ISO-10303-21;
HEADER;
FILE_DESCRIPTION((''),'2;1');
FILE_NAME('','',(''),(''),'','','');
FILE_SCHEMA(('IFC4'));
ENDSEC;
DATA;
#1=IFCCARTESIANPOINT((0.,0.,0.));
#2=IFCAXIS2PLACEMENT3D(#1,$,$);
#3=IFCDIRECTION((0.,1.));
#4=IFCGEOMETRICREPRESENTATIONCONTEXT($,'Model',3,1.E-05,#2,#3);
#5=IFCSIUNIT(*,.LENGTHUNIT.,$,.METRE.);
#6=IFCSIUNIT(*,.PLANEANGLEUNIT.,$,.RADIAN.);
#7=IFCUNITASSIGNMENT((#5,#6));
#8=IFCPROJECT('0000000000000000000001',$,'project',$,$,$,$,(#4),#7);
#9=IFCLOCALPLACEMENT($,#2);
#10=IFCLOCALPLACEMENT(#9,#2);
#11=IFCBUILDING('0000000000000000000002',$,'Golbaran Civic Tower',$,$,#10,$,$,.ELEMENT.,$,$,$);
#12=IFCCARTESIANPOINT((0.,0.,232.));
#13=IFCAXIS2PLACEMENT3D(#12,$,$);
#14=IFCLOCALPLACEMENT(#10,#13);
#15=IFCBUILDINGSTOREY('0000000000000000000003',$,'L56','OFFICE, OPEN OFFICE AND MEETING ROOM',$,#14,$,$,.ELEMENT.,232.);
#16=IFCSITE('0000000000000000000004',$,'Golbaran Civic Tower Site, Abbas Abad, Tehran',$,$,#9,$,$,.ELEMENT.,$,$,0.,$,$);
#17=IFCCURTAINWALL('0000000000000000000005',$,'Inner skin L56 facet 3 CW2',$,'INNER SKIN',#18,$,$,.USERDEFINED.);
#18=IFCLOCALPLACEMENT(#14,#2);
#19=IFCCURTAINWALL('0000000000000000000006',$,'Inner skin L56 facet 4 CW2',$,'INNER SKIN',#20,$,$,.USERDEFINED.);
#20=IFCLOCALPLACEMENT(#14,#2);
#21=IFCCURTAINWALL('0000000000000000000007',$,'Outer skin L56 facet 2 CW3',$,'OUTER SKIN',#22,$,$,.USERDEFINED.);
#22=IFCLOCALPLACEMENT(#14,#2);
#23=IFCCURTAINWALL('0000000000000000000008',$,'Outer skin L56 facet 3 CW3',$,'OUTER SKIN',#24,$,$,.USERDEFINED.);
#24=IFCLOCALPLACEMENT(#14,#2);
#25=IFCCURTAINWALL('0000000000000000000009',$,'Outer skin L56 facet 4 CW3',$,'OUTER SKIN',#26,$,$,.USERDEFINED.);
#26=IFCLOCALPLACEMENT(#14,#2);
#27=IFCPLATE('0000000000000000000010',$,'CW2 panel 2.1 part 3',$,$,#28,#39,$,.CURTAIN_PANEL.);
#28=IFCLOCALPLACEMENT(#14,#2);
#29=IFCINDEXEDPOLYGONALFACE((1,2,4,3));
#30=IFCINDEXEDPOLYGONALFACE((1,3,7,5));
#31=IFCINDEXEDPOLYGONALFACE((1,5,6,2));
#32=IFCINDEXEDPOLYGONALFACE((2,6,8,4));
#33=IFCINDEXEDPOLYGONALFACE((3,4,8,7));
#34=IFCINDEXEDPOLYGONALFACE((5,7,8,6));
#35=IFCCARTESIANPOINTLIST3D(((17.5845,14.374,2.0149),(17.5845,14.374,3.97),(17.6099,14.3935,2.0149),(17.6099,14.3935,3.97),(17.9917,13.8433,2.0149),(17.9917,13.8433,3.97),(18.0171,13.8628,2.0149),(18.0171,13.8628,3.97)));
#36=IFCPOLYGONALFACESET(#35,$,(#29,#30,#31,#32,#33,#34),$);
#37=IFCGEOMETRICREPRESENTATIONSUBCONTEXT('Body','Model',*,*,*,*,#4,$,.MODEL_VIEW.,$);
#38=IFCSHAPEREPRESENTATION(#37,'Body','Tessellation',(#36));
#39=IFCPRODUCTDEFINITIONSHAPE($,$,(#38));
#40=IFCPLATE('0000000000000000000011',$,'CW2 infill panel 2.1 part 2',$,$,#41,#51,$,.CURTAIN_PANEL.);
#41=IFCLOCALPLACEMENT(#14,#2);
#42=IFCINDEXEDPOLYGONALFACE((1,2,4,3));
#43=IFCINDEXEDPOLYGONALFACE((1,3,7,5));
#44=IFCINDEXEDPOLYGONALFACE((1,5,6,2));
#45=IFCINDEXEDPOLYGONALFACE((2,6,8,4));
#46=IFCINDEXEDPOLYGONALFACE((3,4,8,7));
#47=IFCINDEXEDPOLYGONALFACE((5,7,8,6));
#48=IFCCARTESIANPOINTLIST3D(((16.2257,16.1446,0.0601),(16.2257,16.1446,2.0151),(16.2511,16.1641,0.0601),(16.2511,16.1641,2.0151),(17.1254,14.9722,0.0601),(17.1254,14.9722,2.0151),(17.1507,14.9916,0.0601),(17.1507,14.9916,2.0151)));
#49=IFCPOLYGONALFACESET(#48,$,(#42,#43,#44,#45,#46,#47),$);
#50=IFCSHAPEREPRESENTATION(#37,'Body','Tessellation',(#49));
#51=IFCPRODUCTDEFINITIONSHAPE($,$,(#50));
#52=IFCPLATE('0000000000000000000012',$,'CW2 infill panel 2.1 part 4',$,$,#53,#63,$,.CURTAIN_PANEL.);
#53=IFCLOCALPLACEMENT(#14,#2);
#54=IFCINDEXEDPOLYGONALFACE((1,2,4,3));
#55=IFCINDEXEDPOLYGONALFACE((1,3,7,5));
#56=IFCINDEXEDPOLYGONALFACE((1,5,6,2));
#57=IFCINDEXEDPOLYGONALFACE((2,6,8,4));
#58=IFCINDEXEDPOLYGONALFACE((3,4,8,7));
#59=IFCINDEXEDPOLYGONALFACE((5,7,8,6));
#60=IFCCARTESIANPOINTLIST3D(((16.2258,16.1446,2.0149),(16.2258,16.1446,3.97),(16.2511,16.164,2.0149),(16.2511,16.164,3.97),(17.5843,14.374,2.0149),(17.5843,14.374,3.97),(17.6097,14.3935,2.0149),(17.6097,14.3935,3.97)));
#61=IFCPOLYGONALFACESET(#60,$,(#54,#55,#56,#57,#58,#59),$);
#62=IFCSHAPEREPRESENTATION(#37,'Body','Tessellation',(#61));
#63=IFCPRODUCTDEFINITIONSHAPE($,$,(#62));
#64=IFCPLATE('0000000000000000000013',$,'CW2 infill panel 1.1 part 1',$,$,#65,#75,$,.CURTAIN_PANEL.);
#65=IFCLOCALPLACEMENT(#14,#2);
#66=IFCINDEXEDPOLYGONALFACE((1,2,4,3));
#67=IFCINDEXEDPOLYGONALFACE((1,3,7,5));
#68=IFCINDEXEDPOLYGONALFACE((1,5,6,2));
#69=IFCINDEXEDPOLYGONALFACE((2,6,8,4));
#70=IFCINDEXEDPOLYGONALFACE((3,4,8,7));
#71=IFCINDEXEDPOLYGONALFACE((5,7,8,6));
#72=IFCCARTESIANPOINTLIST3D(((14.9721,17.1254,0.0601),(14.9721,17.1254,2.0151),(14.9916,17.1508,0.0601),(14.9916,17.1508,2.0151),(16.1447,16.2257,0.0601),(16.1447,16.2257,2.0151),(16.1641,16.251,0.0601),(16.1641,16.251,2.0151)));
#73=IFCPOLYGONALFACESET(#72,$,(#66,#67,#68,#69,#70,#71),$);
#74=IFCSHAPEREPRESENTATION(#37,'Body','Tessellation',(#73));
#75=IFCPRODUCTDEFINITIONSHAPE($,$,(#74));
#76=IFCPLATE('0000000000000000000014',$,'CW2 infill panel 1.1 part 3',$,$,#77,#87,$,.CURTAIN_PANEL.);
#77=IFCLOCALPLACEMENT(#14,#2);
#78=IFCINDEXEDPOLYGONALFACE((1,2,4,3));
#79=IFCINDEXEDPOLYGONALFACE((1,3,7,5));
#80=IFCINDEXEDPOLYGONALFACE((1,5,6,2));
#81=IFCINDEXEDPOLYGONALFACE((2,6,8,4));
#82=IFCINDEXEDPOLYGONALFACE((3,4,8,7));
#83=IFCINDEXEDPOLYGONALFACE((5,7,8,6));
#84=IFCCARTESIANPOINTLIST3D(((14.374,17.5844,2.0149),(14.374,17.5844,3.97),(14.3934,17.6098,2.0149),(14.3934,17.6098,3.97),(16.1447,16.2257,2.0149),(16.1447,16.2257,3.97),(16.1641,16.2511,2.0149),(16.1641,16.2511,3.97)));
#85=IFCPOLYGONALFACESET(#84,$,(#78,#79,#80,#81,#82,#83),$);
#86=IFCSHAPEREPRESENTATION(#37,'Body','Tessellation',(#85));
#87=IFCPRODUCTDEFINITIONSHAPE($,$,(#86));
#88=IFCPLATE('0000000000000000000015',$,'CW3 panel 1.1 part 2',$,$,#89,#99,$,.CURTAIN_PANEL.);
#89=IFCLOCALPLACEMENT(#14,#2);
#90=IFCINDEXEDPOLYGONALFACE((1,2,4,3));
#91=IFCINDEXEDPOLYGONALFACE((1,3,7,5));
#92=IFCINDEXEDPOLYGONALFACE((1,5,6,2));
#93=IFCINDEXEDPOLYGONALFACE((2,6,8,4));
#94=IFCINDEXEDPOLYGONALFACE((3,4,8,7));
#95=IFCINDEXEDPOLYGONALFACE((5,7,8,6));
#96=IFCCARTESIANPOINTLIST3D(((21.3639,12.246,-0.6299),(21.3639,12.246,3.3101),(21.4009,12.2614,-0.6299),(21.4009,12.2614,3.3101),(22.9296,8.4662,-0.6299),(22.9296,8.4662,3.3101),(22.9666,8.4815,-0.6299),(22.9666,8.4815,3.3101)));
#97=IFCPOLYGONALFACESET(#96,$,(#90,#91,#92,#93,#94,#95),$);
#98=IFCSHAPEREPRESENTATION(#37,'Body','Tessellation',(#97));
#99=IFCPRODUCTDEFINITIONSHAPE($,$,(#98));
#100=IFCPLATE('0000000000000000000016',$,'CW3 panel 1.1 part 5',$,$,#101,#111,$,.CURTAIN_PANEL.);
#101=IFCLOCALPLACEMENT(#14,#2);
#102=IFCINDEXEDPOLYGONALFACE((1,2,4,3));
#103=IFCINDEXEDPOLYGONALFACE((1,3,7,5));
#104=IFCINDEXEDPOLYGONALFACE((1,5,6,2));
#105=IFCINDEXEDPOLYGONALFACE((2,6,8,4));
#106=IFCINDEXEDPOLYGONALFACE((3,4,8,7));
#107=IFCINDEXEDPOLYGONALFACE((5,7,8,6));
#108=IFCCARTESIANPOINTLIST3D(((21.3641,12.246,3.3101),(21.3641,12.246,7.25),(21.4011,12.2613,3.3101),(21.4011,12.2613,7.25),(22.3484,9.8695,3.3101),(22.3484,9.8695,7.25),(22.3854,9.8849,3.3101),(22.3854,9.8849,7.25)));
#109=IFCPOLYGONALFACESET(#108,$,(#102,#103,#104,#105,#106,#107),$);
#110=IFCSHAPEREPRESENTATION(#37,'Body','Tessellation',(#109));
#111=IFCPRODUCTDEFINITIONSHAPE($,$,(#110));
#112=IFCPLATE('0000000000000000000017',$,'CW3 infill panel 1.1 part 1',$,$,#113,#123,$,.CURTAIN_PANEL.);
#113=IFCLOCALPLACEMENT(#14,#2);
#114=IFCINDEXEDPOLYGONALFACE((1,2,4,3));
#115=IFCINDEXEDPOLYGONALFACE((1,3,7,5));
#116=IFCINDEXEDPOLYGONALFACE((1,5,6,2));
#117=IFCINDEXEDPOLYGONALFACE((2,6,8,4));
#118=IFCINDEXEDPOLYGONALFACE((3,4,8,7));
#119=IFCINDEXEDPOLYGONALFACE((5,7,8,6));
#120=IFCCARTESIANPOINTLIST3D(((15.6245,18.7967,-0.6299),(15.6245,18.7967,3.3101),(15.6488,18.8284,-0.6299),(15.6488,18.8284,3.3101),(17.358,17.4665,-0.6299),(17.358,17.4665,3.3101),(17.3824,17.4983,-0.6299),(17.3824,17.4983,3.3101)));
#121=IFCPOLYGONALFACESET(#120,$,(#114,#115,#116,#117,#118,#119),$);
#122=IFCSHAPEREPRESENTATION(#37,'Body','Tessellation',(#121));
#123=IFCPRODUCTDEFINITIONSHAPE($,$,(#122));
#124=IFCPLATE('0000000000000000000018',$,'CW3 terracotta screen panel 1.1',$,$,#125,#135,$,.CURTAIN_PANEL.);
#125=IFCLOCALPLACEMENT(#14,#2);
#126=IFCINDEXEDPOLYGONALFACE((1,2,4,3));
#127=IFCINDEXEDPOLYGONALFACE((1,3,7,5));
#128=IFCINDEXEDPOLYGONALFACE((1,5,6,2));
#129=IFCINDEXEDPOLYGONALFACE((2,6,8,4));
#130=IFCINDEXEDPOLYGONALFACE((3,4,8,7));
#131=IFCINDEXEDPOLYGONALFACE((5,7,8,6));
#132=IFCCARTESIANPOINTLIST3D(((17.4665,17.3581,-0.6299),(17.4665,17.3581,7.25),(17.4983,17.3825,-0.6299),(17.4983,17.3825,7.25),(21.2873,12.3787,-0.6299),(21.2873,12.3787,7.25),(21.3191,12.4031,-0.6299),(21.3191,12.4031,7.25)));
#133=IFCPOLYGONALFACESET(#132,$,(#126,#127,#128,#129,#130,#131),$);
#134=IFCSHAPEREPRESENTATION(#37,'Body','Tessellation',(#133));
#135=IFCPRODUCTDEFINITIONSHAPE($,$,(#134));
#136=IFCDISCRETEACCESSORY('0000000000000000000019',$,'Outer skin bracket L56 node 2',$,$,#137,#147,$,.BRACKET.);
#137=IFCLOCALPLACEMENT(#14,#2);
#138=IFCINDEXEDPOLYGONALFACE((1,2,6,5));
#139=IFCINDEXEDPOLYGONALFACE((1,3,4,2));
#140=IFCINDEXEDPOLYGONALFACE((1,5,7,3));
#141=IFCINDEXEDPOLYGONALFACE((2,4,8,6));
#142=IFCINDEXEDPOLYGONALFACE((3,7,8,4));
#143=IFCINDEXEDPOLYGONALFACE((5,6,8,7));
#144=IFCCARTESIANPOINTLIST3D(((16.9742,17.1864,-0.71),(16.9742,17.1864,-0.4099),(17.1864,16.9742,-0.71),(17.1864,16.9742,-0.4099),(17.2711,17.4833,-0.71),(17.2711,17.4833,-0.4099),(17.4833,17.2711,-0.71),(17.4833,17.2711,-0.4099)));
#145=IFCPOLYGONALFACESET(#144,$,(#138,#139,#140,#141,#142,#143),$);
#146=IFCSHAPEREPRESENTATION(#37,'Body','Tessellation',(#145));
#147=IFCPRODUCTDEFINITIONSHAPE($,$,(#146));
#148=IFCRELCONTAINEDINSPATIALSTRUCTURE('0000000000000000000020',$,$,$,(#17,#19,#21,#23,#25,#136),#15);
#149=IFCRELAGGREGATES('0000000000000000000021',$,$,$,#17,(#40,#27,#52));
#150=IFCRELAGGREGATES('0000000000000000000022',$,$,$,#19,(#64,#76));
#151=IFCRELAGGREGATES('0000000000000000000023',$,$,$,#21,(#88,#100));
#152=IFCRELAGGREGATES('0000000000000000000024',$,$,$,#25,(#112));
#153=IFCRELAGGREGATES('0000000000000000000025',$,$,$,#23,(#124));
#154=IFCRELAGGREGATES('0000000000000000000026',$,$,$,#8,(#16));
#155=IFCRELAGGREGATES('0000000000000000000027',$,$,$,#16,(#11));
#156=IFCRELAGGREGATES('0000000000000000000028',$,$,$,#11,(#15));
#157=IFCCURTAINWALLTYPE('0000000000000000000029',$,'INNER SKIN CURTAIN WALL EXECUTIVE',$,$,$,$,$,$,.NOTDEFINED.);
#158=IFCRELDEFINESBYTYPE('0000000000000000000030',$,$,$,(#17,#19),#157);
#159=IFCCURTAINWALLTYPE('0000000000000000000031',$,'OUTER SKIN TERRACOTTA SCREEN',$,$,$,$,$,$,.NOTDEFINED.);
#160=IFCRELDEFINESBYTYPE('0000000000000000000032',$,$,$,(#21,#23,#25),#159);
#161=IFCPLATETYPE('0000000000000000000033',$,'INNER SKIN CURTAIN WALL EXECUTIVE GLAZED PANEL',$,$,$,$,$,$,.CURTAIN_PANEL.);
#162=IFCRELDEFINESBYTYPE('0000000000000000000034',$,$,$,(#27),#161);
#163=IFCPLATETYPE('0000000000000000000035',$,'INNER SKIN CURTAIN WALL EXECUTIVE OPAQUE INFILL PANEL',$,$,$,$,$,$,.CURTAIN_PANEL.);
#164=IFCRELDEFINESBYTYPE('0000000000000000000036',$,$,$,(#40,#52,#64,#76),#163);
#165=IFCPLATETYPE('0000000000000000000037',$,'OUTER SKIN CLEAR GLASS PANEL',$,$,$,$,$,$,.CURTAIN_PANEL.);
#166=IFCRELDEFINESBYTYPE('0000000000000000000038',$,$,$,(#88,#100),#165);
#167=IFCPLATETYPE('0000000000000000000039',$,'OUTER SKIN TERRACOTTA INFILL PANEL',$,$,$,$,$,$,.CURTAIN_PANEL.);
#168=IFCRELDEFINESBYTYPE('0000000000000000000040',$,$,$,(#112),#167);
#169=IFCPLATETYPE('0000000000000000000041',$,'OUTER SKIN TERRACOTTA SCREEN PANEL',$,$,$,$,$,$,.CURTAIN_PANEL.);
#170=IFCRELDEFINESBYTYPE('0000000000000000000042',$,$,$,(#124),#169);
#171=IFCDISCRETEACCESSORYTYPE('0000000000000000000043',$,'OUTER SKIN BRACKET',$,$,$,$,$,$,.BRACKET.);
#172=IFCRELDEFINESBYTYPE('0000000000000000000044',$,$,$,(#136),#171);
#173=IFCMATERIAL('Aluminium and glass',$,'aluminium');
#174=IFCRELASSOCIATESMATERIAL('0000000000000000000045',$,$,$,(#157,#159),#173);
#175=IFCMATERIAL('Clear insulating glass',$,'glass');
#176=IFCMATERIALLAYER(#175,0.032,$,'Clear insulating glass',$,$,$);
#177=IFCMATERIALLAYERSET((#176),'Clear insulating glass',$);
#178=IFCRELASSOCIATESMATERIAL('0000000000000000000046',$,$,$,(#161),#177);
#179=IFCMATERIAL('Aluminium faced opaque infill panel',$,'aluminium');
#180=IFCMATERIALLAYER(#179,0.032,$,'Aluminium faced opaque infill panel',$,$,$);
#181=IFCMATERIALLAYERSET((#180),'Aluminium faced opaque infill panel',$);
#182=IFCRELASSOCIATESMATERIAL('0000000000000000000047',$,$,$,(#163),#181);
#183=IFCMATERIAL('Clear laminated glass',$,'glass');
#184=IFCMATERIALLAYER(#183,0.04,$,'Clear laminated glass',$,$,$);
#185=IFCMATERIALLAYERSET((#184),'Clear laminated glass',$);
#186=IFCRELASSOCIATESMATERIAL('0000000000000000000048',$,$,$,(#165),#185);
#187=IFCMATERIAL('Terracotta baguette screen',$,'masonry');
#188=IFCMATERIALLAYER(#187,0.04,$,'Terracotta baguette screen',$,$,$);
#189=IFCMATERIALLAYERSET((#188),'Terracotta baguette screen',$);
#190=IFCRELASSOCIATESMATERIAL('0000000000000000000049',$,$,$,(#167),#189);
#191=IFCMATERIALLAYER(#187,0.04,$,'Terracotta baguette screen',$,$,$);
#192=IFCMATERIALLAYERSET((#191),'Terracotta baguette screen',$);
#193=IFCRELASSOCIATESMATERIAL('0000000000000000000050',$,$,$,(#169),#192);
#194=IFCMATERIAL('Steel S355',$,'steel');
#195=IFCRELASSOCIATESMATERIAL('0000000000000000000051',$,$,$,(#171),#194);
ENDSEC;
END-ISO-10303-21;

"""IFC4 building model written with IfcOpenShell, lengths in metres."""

from ifc_helpers import new_model, si_unit, direction, frame, origin, origin_2d, place, context, subcontext, project, spatial, rectangle, extrude, material, layer, layer_set, type_object, element, aggregate, save


model = new_model("IFC4")

# Units and contexts
model_context = context("Model", 3, precision=1e-05, world=origin(), true_north=direction((0.0, 1.0)))
body_context = subcontext(model_context, "Body", "Model", "MODEL_VIEW")
ifc_project = project(units=[si_unit("LENGTHUNIT", "METRE"), si_unit("PLANEANGLEUNIT", "RADIAN")], contexts=[model_context])

# Site, building, storey
site_placement = place(None, origin())
site = spatial("IfcSite", under=ifc_project, at=site_placement, Name="Golbaran Civic Tower Site, Abbas Abad, Tehran", CompositionType="ELEMENT", RefElevation=0.0)
building_placement = place(site_placement, origin())
building = spatial("IfcBuilding", under=site, at=building_placement, Name="Golbaran Civic Tower", CompositionType="ELEMENT")
storey_placement = place(building_placement, frame((0.0, 0.0, 232.0)))
storey = spatial("IfcBuildingStorey", under=building, at=storey_placement, Name="L56", Description="OFFICE, OPEN OFFICE AND MEETING ROOM", CompositionType="ELEMENT", Elevation=232.0)

# Shared definitions
ifc_material_1 = material(Name="Steel S355", Category="steel")

# Shared definitions
ifc_material_2 = material(Name="Aluminium and glass", Category="aluminium")
curtain_wall_type_1 = type_object("IfcCurtainWallType", Name="INNER SKIN CURTAIN WALL EXECUTIVE", PredefinedType="NOTDEFINED", material=ifc_material_2)

# Curtain wall
curtain_wall_1_placement = place(storey_placement, origin())
curtain_wall_1 = element("IfcCurtainWall", 1, at=curtain_wall_1_placement, inside=storey, type_object=curtain_wall_type_1, Name="Inner skin L56 facet 3 CW2", ObjectType="INNER SKIN", PredefinedType="USERDEFINED")

# Curtain wall
curtain_wall_2_placement = place(storey_placement, origin())
curtain_wall_2 = element("IfcCurtainWall", 2, at=curtain_wall_2_placement, inside=storey, type_object=curtain_wall_type_1, Name="Inner skin L56 facet 4 CW2", ObjectType="INNER SKIN", PredefinedType="USERDEFINED")

# Curtain wall
curtain_wall_type_2 = type_object("IfcCurtainWallType", Name="OUTER SKIN TERRACOTTA SCREEN", PredefinedType="NOTDEFINED", material=ifc_material_2)
curtain_wall_3_placement = place(storey_placement, origin())
curtain_wall_3 = element("IfcCurtainWall", 3, at=curtain_wall_3_placement, inside=storey, type_object=curtain_wall_type_2, Name="Outer skin L56 facet 2 CW3", ObjectType="OUTER SKIN", PredefinedType="USERDEFINED")

# Curtain wall
curtain_wall_4_placement = place(storey_placement, origin())
curtain_wall_4 = element("IfcCurtainWall", 4, at=curtain_wall_4_placement, inside=storey, type_object=curtain_wall_type_2, Name="Outer skin L56 facet 3 CW3", ObjectType="OUTER SKIN", PredefinedType="USERDEFINED")

# Curtain wall
curtain_wall_5_placement = place(storey_placement, origin())
curtain_wall_5 = element("IfcCurtainWall", 5, at=curtain_wall_5_placement, inside=storey, type_object=curtain_wall_type_2, Name="Outer skin L56 facet 4 CW3", ObjectType="OUTER SKIN", PredefinedType="USERDEFINED")

# Plates
ifc_material_3 = material(Name="Clear insulating glass", Category="glass")
ifc_layer_1 = layer(ifc_material_3, 0.032, Name="Clear insulating glass")
ifc_layer_set_1 = layer_set([ifc_layer_1], Name="Clear insulating glass")
plate_type_1 = type_object("IfcPlateType", Name="INNER SKIN CURTAIN WALL EXECUTIVE GLAZED PANEL", PredefinedType="CURTAIN_PANEL", material=ifc_layer_set_1)
plate_1_placement = place(storey_placement, frame((17.8008, 14.1184, 2.0149), z_axis=(0.0, 0.0, 1.0), x_axis=(-0.608761, 0.793353, 0.0)))
plate_1 = element("IfcPlate", 6, at=plate_1_placement, type_object=plate_type_1, Name="CW2 panel 2.1 part 3", PredefinedType="CURTAIN_PANEL", context=body_context, shape_type="SweptSolid", body=[
    extrude(rectangle(XDim=0.6689, YDim=0.032, at=origin_2d()), origin(), (0.0, 0.0, 1.0), 1.9551),
])
ifc_material_4 = material(Name="Aluminium faced opaque infill panel", Category="aluminium")
ifc_layer_2 = layer(ifc_material_4, 0.032, Name="Aluminium faced opaque infill panel")
ifc_layer_set_2 = layer_set([ifc_layer_2], Name="Aluminium faced opaque infill panel")
plate_type_2 = type_object("IfcPlateType", Name="INNER SKIN CURTAIN WALL EXECUTIVE OPAQUE INFILL PANEL", PredefinedType="CURTAIN_PANEL", material=ifc_layer_set_2)
plate_2_placement = place(storey_placement, frame((16.6882, 15.5681, 0.0601), z_axis=(0.0, 0.0, 1.0), x_axis=(-0.608761, 0.793353, 0.0)))
plate_2 = element("IfcPlate", 7, at=plate_2_placement, type_object=plate_type_2, Name="CW2 infill panel 2.1 part 2", PredefinedType="CURTAIN_PANEL", context=body_context, shape_type="SweptSolid", body=[
    extrude(rectangle(XDim=1.4778, YDim=0.032, at=origin_2d()), origin(), (0.0, 0.0, 1.0), 1.9551),
])
plate_3_placement = place(storey_placement, frame((16.9177, 15.269, 2.0149), z_axis=(0.0, 0.0, 1.0), x_axis=(-0.608761, 0.793353, 0.0)))
plate_3 = element("IfcPlate", 8, at=plate_3_placement, type_object=plate_type_2, Name="CW2 infill panel 2.1 part 4", PredefinedType="CURTAIN_PANEL", context=body_context, shape_type="SweptSolid", body=[
    extrude(rectangle(XDim=2.2317, YDim=0.032, at=origin_2d()), origin(), (0.0, 0.0, 1.0), 1.9551),
])
aggregate(curtain_wall_1, [plate_2, plate_1, plate_3])
plate_4_placement = place(storey_placement, frame((15.5681, 16.6882, 0.0601), z_axis=(0.0, 0.0, 1.0), x_axis=(-0.793353, 0.608761, 0.0)))
plate_4 = element("IfcPlate", 9, at=plate_4_placement, type_object=plate_type_2, Name="CW2 infill panel 1.1 part 1", PredefinedType="CURTAIN_PANEL", context=body_context, shape_type="SweptSolid", body=[
    extrude(rectangle(XDim=1.478, YDim=0.032, at=origin_2d()), origin(), (0.0, 0.0, 1.0), 1.9551),
])
plate_5_placement = place(storey_placement, frame((15.269, 16.9177, 2.0149), z_axis=(0.0, 0.0, 1.0), x_axis=(-0.793353, 0.608761, 0.0)))
plate_5 = element("IfcPlate", 10, at=plate_5_placement, type_object=plate_type_2, Name="CW2 infill panel 1.1 part 3", PredefinedType="CURTAIN_PANEL", context=body_context, shape_type="SweptSolid", body=[
    extrude(rectangle(XDim=2.2319, YDim=0.032, at=origin_2d()), origin(), (0.0, 0.0, 1.0), 1.9551),
])
aggregate(curtain_wall_2, [plate_4, plate_5])
ifc_material_5 = material(Name="Clear laminated glass", Category="glass")
ifc_layer_3 = layer(ifc_material_5, 0.04, Name="Clear laminated glass")
ifc_layer_set_3 = layer_set([ifc_layer_3], Name="Clear laminated glass")
plate_type_3 = type_object("IfcPlateType", Name="OUTER SKIN CLEAR GLASS PANEL", PredefinedType="CURTAIN_PANEL", material=ifc_layer_set_3)
plate_6_placement = place(storey_placement, frame((22.1653, 10.3638, -0.6299), z_axis=(0.0, 0.0, 1.0), x_axis=(-0.382683, 0.92388, 0.0)))
plate_6 = element("IfcPlate", 11, at=plate_6_placement, type_object=plate_type_3, Name="CW3 panel 1.1 part 2", PredefinedType="CURTAIN_PANEL", context=body_context, shape_type="SweptSolid", body=[
    extrude(rectangle(XDim=4.0913, YDim=0.04, at=origin_2d()), origin(), (0.0, 0.0, 1.0), 3.9399),
])
plate_7_placement = place(storey_placement, frame((21.8748, 11.0654, 3.3101), z_axis=(0.0, 0.0, 1.0), x_axis=(-0.382683, 0.92388, 0.0)))
plate_7 = element("IfcPlate", 12, at=plate_7_placement, type_object=plate_type_3, Name="CW3 panel 1.1 part 5", PredefinedType="CURTAIN_PANEL", context=body_context, shape_type="SweptSolid", body=[
    extrude(rectangle(XDim=2.5723, YDim=0.04, at=origin_2d()), origin(), (0.0, 0.0, 1.0), 3.9399),
])
aggregate(curtain_wall_3, [plate_6, plate_7])
ifc_material_6 = material(Name="Terracotta baguette screen", Category="masonry")
ifc_layer_4 = layer(ifc_material_6, 0.04, Name="Terracotta baguette screen")
ifc_layer_set_4 = layer_set([ifc_layer_4], Name="Terracotta baguette screen")
plate_type_4 = type_object("IfcPlateType", Name="OUTER SKIN TERRACOTTA INFILL PANEL", PredefinedType="CURTAIN_PANEL", material=ifc_layer_set_4)
plate_8_placement = place(storey_placement, frame((16.5034, 18.1475, -0.6299), z_axis=(0.0, 0.0, 1.0), x_axis=(-0.793353, 0.608761, 0.0)))
plate_8 = element("IfcPlate", 13, at=plate_8_placement, type_object=plate_type_4, Name="CW3 infill panel 1.1 part 1", PredefinedType="CURTAIN_PANEL", context=body_context, shape_type="SweptSolid", body=[
    extrude(rectangle(XDim=2.1851, YDim=0.04, at=origin_2d()), origin(), (0.0, 0.0, 1.0), 3.9399),
])
aggregate(curtain_wall_5, [plate_8])
ifc_layer_5 = layer(ifc_material_6, 0.04, Name="Terracotta baguette screen")
ifc_layer_set_5 = layer_set([ifc_layer_5], Name="Terracotta baguette screen")
plate_type_5 = type_object("IfcPlateType", Name="OUTER SKIN TERRACOTTA SCREEN PANEL", PredefinedType="CURTAIN_PANEL", material=ifc_layer_set_5)
plate_9_placement = place(storey_placement, frame((19.3928, 14.8806, -0.6299), z_axis=(0.0, 0.0, 1.0), x_axis=(-0.608761, 0.793353, 0.0)))
plate_9 = element("IfcPlate", 14, at=plate_9_placement, type_object=plate_type_5, Name="CW3 terracotta screen panel 1.1", PredefinedType="CURTAIN_PANEL", context=body_context, shape_type="SweptSolid", body=[
    extrude(rectangle(XDim=6.2764, YDim=0.04, at=origin_2d()), origin(), (0.0, 0.0, 1.0), 7.8799),
])
aggregate(curtain_wall_4, [plate_9])

# Discrete accessory
discrete_accessory_type = type_object("IfcDiscreteAccessoryType", Name="OUTER SKIN BRACKET", PredefinedType="BRACKET", material=ifc_material_1)
discrete_accessory_placement = place(storey_placement, frame((17.2288, 17.2288, -0.71), z_axis=(0.0, 0.0, 1.0), x_axis=(0.707107, 0.707107, 0.0)))
element("IfcDiscreteAccessory", 15, at=discrete_accessory_placement, inside=storey, type_object=discrete_accessory_type, Name="Outer skin bracket L56 node 2", PredefinedType="BRACKET", context=body_context, shape_type="SweptSolid", body=[
    extrude(rectangle(XDim=0.4199, YDim=0.3, at=origin_2d()), origin(), (0.0, 0.0, 1.0), 0.3),
])

save(model, "model.ifc")
